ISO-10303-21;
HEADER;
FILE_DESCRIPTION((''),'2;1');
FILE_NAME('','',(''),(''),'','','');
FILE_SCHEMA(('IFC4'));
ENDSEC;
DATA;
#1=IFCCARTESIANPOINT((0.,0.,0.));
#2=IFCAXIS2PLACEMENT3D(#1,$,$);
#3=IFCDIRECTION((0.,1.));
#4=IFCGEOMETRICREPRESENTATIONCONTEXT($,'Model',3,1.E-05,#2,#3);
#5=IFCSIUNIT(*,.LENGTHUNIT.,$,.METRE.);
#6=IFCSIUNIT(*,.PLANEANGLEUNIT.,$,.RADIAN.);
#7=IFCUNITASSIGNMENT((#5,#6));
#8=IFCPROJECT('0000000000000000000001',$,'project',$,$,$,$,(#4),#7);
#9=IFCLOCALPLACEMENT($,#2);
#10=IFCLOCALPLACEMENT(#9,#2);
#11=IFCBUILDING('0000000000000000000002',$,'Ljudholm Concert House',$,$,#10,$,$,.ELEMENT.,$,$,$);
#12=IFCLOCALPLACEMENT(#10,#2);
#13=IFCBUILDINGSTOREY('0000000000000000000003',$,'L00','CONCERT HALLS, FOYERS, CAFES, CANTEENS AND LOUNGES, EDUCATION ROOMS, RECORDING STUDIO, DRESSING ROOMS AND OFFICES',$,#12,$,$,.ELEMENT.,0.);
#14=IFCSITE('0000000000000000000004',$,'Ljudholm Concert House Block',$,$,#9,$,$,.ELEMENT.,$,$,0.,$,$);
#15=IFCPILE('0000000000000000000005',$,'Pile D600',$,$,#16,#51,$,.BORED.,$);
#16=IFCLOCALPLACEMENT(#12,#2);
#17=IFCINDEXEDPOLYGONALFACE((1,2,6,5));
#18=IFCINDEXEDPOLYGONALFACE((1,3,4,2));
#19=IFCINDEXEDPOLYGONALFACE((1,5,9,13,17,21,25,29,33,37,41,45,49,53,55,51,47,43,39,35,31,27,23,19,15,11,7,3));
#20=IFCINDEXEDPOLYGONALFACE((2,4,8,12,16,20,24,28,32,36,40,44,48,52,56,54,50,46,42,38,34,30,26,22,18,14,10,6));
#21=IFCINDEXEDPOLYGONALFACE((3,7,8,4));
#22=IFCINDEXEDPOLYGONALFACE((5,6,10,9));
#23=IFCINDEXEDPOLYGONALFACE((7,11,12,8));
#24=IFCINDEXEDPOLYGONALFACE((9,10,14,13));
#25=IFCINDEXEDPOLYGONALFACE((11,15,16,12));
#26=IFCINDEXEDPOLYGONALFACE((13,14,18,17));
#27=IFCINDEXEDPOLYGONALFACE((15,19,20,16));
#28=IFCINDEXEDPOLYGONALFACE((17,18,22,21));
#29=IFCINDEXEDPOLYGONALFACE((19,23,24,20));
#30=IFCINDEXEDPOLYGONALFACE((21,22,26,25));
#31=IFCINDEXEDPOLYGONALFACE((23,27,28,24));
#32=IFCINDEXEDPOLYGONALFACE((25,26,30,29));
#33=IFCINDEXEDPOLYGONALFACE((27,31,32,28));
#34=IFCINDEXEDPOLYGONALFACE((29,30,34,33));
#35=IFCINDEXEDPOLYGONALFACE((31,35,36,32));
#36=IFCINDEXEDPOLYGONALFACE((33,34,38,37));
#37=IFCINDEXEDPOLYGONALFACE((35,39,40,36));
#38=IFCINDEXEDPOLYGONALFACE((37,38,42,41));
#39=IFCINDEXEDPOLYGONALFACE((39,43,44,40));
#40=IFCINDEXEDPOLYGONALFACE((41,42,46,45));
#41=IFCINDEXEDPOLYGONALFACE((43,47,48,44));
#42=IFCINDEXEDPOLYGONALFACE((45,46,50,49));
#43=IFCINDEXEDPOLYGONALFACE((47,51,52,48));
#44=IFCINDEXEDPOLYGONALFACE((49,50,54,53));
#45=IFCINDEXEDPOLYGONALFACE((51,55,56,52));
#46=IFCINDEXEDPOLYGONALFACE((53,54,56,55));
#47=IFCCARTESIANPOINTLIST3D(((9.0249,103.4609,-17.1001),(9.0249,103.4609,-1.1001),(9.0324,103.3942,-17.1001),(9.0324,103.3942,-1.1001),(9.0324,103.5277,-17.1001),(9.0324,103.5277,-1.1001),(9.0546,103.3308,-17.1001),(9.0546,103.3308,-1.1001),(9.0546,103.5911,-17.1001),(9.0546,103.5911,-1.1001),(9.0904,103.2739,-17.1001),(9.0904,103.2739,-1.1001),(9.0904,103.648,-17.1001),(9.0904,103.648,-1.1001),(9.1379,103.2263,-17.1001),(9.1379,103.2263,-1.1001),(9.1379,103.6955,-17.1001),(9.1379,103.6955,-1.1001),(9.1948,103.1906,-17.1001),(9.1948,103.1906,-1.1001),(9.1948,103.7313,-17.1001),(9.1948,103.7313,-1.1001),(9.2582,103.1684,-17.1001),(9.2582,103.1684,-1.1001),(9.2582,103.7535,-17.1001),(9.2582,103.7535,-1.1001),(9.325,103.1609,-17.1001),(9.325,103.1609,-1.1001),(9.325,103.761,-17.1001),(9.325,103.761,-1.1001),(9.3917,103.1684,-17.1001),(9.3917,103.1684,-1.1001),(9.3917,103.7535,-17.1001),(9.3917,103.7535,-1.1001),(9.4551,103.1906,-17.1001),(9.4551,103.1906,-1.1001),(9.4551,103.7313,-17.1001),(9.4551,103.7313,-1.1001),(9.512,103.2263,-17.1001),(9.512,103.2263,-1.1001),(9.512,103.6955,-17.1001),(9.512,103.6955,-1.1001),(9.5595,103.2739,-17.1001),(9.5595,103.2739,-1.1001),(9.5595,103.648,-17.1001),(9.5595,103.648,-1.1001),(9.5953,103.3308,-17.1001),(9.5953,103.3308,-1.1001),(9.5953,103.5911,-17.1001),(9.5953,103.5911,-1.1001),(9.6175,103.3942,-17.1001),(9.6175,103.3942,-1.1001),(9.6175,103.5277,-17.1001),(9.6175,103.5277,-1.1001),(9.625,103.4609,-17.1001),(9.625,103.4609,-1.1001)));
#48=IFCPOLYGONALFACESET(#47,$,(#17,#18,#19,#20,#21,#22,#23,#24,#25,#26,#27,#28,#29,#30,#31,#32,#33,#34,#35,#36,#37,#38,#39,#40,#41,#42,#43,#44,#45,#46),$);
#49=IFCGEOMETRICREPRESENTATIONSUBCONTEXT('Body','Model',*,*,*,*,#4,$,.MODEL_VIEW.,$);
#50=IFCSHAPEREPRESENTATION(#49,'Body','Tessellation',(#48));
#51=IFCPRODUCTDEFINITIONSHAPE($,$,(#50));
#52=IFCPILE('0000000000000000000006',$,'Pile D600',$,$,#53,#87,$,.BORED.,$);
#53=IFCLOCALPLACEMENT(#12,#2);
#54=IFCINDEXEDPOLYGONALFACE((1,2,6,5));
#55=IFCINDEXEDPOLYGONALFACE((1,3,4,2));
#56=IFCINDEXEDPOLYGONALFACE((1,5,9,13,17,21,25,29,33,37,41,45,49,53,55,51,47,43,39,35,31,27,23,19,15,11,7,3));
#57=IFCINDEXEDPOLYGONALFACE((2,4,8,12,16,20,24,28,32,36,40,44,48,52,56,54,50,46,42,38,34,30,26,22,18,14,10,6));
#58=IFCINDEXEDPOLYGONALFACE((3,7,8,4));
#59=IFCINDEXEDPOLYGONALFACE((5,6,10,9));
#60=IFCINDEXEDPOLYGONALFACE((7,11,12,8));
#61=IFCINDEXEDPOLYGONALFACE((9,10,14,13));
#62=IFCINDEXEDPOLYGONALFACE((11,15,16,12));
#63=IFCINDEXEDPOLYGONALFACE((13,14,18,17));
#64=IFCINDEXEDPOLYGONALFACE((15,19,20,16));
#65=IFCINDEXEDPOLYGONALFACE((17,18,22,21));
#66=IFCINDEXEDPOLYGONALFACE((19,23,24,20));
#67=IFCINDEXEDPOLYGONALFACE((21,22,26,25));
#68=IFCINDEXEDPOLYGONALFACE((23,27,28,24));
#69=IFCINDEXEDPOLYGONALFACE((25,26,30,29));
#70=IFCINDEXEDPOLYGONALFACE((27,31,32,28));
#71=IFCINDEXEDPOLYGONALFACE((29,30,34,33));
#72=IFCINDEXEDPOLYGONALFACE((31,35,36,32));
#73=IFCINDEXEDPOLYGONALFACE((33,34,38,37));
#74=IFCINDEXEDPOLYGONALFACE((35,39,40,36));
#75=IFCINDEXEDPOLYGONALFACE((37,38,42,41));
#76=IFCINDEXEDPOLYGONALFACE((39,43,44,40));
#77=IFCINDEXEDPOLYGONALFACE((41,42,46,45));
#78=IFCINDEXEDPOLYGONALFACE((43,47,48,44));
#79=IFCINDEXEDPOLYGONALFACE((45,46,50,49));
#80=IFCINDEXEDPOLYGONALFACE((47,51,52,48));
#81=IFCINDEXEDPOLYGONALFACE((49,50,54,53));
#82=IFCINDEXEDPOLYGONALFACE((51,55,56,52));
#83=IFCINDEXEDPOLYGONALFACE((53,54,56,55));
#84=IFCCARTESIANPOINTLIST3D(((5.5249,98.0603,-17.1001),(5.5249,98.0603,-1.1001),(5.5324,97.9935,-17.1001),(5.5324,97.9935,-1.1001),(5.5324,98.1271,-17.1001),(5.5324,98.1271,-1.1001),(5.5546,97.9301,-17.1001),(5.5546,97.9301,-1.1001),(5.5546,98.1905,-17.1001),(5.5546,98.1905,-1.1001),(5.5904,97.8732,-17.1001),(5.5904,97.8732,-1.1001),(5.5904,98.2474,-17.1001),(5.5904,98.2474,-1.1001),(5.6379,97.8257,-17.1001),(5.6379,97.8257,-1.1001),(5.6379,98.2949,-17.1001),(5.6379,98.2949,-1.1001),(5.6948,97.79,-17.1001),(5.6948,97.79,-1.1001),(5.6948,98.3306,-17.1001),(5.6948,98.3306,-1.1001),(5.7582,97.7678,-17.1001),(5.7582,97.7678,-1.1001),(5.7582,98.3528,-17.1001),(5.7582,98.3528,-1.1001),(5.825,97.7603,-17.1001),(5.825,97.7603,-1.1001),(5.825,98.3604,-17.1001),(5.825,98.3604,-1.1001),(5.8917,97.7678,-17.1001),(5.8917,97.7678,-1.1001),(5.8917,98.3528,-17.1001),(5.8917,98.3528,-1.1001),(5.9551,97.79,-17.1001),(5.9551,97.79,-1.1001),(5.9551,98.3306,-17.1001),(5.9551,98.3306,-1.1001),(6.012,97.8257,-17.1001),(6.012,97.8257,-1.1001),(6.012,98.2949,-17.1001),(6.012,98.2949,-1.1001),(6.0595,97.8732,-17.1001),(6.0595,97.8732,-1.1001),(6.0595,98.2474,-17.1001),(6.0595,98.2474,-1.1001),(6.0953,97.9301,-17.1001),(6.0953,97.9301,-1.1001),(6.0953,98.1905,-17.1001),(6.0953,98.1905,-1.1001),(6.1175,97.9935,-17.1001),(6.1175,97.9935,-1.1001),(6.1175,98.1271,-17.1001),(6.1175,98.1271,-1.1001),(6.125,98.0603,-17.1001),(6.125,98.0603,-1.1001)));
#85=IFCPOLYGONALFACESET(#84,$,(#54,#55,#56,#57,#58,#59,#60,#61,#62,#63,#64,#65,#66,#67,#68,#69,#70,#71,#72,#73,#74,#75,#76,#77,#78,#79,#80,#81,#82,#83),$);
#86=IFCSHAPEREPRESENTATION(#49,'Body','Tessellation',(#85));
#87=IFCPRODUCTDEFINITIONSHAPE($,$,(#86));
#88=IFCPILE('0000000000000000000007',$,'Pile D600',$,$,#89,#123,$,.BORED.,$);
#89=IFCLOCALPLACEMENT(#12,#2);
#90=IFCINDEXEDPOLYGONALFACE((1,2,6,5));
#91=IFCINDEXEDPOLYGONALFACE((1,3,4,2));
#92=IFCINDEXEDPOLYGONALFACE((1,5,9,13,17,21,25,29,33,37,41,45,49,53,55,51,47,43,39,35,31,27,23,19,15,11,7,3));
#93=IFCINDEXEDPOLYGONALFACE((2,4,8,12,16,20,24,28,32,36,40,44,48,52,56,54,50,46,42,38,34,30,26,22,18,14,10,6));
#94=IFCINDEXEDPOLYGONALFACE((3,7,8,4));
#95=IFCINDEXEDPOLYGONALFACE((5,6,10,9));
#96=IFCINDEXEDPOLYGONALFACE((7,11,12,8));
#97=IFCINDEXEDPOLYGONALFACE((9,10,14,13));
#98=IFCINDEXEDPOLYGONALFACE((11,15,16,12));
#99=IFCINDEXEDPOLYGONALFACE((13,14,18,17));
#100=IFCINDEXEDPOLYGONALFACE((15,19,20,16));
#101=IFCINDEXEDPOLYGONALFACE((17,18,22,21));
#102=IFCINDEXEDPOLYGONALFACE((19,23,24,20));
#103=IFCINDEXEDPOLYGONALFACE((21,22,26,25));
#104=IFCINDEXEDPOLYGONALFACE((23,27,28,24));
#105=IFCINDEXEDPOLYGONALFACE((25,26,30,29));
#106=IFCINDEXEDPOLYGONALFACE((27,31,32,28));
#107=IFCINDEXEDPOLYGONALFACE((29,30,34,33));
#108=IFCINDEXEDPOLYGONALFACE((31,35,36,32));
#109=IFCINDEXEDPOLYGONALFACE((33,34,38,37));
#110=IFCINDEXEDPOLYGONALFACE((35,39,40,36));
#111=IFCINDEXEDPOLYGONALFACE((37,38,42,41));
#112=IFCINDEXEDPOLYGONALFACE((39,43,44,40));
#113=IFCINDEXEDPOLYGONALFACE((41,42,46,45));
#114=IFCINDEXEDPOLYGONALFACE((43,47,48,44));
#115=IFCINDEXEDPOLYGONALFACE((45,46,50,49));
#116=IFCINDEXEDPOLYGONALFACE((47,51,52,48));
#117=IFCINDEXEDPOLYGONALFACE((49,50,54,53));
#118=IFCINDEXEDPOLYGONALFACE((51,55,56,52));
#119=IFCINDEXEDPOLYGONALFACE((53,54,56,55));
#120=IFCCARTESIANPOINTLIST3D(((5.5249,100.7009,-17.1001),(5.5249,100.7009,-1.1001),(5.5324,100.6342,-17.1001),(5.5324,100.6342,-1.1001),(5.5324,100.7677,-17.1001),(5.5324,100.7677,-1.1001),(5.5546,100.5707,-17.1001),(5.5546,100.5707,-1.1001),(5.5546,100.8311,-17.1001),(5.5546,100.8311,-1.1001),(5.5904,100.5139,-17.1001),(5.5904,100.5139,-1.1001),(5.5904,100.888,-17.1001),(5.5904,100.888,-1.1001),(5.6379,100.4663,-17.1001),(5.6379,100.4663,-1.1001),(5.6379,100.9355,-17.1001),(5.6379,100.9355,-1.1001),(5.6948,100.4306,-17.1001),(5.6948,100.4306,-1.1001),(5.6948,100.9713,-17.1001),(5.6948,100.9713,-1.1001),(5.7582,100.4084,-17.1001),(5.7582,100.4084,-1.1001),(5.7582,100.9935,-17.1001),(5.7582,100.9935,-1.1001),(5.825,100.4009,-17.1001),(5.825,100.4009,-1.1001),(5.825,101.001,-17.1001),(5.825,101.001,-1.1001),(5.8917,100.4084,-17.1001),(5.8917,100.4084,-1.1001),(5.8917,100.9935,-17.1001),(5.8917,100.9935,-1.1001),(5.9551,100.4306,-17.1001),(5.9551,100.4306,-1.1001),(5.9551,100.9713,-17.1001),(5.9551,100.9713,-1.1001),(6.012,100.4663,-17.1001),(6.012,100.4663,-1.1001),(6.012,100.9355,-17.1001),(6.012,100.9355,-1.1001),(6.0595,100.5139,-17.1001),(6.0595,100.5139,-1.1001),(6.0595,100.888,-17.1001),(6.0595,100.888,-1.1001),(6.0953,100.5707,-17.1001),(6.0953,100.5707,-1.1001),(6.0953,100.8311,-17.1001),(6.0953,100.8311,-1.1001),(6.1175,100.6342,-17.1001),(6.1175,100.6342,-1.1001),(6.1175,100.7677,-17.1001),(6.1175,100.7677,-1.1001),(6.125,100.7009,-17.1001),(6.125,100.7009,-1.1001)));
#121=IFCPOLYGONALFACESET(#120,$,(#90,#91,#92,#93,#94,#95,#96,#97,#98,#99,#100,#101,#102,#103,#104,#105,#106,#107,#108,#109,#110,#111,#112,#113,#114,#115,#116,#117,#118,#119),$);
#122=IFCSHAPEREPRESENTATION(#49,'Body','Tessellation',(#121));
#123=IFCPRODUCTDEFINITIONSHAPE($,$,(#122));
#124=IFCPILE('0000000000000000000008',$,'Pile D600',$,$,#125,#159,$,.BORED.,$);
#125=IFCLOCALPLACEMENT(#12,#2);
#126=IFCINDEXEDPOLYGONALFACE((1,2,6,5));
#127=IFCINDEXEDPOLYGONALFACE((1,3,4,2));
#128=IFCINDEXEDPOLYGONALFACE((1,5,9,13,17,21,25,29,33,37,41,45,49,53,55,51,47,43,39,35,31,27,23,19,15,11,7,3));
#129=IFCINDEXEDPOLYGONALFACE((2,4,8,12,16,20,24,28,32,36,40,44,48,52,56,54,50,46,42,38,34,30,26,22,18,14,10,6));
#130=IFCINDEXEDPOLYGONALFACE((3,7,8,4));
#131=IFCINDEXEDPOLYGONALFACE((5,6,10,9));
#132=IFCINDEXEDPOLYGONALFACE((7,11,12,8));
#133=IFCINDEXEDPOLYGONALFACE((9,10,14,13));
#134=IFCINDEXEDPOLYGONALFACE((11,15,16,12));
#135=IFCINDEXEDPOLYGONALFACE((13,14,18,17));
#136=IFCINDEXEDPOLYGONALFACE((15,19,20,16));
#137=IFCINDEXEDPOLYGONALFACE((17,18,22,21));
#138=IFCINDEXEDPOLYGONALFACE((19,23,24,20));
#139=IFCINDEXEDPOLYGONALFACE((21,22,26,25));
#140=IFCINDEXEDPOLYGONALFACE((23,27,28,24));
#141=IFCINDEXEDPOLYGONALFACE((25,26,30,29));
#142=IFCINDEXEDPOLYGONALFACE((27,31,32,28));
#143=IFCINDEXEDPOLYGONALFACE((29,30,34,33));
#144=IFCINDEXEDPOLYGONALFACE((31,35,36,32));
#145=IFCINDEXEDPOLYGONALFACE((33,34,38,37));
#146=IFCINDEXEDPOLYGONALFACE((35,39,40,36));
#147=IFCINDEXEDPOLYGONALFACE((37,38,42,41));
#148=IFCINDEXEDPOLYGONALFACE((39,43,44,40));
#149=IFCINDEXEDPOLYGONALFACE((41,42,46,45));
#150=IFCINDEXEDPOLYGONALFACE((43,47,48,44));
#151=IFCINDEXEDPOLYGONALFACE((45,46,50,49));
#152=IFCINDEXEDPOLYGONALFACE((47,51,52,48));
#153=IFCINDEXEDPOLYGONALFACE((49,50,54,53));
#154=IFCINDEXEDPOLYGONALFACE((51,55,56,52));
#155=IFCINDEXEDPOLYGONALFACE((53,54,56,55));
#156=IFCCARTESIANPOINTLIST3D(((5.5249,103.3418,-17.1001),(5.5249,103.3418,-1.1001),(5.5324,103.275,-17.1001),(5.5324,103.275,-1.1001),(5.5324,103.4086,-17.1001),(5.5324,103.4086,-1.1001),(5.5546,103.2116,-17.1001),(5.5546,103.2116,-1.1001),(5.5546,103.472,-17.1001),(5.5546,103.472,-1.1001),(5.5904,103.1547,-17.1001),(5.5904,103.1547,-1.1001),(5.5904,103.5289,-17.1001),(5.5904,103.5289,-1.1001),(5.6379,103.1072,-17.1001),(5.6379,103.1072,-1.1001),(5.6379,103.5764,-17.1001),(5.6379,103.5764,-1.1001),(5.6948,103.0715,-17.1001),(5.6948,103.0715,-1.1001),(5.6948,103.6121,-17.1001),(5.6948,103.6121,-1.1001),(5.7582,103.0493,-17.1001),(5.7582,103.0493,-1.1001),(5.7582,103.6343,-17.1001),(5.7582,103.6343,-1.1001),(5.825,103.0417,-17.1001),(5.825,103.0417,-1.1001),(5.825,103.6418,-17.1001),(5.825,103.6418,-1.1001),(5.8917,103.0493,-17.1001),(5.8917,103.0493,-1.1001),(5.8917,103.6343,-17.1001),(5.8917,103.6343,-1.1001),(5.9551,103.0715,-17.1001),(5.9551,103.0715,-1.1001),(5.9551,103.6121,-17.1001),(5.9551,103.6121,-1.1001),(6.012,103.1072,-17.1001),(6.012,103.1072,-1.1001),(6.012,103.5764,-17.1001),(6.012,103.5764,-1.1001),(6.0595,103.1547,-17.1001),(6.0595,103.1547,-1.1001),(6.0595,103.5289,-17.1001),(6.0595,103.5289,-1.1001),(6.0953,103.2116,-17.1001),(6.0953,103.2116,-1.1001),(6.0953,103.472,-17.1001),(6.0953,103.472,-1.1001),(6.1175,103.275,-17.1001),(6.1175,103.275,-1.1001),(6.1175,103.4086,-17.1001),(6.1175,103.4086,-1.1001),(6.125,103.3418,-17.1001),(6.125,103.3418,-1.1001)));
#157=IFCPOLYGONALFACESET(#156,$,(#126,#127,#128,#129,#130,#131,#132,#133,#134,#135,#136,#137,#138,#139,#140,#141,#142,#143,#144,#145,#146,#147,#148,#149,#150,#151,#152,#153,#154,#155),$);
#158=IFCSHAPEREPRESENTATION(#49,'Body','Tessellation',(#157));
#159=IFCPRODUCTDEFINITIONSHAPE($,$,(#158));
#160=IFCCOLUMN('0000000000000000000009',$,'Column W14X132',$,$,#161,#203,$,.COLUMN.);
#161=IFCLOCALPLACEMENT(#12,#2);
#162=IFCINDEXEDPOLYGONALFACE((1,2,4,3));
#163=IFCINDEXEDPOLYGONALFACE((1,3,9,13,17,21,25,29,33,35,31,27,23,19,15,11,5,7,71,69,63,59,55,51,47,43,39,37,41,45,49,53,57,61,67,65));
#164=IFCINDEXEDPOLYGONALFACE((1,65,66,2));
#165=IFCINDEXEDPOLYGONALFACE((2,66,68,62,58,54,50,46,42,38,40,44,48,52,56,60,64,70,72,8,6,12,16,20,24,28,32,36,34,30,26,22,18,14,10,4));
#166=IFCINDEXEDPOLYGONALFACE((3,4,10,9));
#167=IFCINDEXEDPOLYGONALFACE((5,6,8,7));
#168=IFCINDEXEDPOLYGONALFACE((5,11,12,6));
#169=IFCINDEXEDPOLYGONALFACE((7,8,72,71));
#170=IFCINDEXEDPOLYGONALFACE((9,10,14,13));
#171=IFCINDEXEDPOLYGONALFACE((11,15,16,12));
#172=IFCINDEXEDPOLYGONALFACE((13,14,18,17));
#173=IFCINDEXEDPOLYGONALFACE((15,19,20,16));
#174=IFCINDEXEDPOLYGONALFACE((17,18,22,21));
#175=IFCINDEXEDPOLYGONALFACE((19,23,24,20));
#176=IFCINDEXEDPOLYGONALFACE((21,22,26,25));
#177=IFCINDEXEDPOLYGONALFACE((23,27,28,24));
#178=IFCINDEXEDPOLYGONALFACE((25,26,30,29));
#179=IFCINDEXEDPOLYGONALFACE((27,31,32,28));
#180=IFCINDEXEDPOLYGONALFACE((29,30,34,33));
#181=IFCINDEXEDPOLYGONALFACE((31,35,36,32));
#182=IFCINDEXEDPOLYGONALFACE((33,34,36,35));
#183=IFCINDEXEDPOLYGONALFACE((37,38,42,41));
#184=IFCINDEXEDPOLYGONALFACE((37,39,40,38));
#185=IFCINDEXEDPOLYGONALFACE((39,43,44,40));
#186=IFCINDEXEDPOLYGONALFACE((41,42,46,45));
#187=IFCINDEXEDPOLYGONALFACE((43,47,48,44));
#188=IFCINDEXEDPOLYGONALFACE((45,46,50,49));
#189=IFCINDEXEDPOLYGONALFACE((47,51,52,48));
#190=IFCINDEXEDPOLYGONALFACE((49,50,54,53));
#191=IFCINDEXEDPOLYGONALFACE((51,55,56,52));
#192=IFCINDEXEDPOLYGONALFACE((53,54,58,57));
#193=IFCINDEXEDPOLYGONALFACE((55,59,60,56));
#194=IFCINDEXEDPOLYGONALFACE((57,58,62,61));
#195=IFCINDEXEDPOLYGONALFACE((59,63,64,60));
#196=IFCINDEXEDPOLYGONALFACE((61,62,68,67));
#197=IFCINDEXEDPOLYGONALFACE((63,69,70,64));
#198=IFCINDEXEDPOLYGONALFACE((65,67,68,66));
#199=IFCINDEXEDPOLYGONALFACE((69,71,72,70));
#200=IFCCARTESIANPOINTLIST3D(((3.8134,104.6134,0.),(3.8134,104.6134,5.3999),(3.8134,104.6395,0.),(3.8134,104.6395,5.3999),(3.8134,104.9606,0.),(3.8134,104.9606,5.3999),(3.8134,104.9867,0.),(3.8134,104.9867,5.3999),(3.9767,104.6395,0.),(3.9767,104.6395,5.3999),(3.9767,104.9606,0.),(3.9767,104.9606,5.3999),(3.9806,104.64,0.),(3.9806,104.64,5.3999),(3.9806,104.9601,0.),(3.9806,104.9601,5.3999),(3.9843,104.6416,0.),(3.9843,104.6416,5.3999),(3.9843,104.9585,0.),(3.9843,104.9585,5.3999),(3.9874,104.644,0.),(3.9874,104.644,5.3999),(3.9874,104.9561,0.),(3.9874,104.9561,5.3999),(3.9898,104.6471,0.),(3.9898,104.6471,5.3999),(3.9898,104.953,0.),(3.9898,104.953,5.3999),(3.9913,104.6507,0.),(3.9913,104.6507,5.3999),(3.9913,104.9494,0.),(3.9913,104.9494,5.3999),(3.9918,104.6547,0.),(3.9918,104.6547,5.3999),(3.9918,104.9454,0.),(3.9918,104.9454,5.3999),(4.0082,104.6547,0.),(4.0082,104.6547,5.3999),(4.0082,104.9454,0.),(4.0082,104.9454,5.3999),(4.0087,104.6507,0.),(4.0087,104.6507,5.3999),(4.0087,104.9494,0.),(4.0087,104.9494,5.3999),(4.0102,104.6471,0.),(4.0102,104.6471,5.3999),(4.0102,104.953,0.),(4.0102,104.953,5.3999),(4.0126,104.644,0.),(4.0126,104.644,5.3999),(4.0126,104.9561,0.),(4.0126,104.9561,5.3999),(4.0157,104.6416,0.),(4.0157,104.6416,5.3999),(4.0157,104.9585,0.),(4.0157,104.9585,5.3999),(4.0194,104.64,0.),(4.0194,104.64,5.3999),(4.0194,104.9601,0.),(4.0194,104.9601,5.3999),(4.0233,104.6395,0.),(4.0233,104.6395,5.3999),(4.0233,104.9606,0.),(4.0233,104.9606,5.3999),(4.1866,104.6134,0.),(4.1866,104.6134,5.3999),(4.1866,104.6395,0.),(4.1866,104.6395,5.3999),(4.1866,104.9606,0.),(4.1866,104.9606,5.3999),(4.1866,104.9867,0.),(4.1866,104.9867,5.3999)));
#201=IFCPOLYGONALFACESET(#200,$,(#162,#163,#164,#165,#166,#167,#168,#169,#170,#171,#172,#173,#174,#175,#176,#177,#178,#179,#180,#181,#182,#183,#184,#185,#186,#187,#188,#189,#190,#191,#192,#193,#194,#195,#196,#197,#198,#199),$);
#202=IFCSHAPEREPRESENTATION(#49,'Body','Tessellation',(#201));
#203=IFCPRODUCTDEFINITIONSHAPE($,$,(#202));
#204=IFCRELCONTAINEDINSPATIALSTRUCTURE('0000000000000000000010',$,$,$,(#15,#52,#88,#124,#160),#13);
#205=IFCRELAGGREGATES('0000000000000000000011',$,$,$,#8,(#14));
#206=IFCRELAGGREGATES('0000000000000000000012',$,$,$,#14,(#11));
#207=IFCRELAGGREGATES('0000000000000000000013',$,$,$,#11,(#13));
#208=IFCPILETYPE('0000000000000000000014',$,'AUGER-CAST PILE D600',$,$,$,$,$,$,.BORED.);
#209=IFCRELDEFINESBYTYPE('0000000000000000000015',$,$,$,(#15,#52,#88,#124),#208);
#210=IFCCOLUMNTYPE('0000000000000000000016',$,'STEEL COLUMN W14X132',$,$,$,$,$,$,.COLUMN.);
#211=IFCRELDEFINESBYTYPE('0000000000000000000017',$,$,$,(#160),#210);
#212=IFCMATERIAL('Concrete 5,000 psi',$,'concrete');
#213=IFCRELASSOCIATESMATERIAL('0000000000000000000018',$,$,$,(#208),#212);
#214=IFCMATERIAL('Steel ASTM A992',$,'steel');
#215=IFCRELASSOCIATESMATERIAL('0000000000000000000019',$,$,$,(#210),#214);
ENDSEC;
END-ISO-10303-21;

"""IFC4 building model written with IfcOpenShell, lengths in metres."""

from ifc_helpers import new_model, si_unit, direction, frame, origin, origin_2d, place, context, subcontext, project, spatial, circle, i_section, extrude, material, material_profile, profile_set, type_object, element, save


model = new_model("IFC4")

# Units and contexts
model_context = context("Model", 3, precision=1e-05, world=origin(), true_north=direction((0.0, 1.0)))
body_context = subcontext(model_context, "Body", "Model", "MODEL_VIEW")
ifc_project = project(units=[si_unit("LENGTHUNIT", "METRE"), si_unit("PLANEANGLEUNIT", "RADIAN")], contexts=[model_context])

# Site, building, storey
site_placement = place(None, origin())
site = spatial("IfcSite", under=ifc_project, at=site_placement, Name="Ljudholm Concert House Block", CompositionType="ELEMENT", RefElevation=0.0)
building_placement = place(site_placement, origin())
building = spatial("IfcBuilding", under=site, at=building_placement, Name="Ljudholm Concert House", CompositionType="ELEMENT")
storey_placement = place(building_placement, origin())
storey = spatial("IfcBuildingStorey", under=building, at=storey_placement, Name="L00", Description="CONCERT HALLS, FOYERS, CAFES, CANTEENS AND LOUNGES, EDUCATION ROOMS, RECORDING STUDIO, DRESSING ROOMS AND OFFICES", CompositionType="ELEMENT", Elevation=0.0)

# Piles
ifc_material_1 = material(Name="Concrete 5,000 psi", Category="concrete")
ifc_material_profile_1 = material_profile(ifc_material_1, circle(Radius=0.3, at=origin_2d()), Name="AUGER-CAST PILE D600")
ifc_profile_set_1 = profile_set([ifc_material_profile_1], Name="Concrete 5,000 psi")
pile_type = type_object("IfcPileType", Name="AUGER-CAST PILE D600", PredefinedType="BORED", material=ifc_profile_set_1)
for number, where, z_axis, x_axis, name in (
    (1, (9.325, 103.4609, -1.1001), (0.0, 0.0, -1.0), (1.0, 0.0, 0.0), "Pile D600"),
    (2, (5.825, 98.0603, -1.1001), (0.0, 0.0, -1.0), (1.0, 0.0, 0.0), "Pile D600"),
    (3, (5.825, 100.7009, -1.1001), (0.0, 0.0, -1.0), (1.0, 0.0, 0.0), "Pile D600"),
    (4, (5.825, 103.3418, -1.1001), (0.0, 0.0, -1.0), (1.0, 0.0, 0.0), "Pile D600"),
):
    element("IfcPile", number, at=place(storey_placement, frame(where, z_axis=z_axis, x_axis=x_axis)), inside=storey, type_object=pile_type, Name=name, PredefinedType="BORED", context=body_context, shape_type="SweptSolid", body=[
        extrude(circle(Radius=0.3, at=origin_2d()), origin(), (0.0, 0.0, 1.0), 16.0),
    ])

# Column
ifc_material_2 = material(Name="Steel ASTM A992", Category="steel")
ifc_material_profile_2 = material_profile(ifc_material_2, i_section(OverallWidth=0.3733, OverallDepth=0.3733, WebThickness=0.0164, FlangeThickness=0.0261, FilletRadius=0.0151, at=origin_2d()), Name="W14X132")
ifc_profile_set_2 = profile_set([ifc_material_profile_2], Name="Steel ASTM A992")
column_type = type_object("IfcColumnType", Name="STEEL COLUMN W14X132", PredefinedType="COLUMN", material=ifc_profile_set_2)
column_placement = place(storey_placement, frame((4.0, 104.8, 0.0), z_axis=(0.0, 0.0, 1.0), x_axis=(1.0, 0.0, 0.0)))
element("IfcColumn", 5, at=column_placement, inside=storey, type_object=column_type, Name="Column W14X132", PredefinedType="COLUMN", context=body_context, shape_type="SweptSolid", body=[
    extrude(i_section(OverallWidth=0.3733, OverallDepth=0.3733, WebThickness=0.0164, FlangeThickness=0.0261, FilletRadius=0.0151, at=origin_2d()), origin(), (0.0, 0.0, 1.0), 5.3999),
])

save(model, "model.ifc")
